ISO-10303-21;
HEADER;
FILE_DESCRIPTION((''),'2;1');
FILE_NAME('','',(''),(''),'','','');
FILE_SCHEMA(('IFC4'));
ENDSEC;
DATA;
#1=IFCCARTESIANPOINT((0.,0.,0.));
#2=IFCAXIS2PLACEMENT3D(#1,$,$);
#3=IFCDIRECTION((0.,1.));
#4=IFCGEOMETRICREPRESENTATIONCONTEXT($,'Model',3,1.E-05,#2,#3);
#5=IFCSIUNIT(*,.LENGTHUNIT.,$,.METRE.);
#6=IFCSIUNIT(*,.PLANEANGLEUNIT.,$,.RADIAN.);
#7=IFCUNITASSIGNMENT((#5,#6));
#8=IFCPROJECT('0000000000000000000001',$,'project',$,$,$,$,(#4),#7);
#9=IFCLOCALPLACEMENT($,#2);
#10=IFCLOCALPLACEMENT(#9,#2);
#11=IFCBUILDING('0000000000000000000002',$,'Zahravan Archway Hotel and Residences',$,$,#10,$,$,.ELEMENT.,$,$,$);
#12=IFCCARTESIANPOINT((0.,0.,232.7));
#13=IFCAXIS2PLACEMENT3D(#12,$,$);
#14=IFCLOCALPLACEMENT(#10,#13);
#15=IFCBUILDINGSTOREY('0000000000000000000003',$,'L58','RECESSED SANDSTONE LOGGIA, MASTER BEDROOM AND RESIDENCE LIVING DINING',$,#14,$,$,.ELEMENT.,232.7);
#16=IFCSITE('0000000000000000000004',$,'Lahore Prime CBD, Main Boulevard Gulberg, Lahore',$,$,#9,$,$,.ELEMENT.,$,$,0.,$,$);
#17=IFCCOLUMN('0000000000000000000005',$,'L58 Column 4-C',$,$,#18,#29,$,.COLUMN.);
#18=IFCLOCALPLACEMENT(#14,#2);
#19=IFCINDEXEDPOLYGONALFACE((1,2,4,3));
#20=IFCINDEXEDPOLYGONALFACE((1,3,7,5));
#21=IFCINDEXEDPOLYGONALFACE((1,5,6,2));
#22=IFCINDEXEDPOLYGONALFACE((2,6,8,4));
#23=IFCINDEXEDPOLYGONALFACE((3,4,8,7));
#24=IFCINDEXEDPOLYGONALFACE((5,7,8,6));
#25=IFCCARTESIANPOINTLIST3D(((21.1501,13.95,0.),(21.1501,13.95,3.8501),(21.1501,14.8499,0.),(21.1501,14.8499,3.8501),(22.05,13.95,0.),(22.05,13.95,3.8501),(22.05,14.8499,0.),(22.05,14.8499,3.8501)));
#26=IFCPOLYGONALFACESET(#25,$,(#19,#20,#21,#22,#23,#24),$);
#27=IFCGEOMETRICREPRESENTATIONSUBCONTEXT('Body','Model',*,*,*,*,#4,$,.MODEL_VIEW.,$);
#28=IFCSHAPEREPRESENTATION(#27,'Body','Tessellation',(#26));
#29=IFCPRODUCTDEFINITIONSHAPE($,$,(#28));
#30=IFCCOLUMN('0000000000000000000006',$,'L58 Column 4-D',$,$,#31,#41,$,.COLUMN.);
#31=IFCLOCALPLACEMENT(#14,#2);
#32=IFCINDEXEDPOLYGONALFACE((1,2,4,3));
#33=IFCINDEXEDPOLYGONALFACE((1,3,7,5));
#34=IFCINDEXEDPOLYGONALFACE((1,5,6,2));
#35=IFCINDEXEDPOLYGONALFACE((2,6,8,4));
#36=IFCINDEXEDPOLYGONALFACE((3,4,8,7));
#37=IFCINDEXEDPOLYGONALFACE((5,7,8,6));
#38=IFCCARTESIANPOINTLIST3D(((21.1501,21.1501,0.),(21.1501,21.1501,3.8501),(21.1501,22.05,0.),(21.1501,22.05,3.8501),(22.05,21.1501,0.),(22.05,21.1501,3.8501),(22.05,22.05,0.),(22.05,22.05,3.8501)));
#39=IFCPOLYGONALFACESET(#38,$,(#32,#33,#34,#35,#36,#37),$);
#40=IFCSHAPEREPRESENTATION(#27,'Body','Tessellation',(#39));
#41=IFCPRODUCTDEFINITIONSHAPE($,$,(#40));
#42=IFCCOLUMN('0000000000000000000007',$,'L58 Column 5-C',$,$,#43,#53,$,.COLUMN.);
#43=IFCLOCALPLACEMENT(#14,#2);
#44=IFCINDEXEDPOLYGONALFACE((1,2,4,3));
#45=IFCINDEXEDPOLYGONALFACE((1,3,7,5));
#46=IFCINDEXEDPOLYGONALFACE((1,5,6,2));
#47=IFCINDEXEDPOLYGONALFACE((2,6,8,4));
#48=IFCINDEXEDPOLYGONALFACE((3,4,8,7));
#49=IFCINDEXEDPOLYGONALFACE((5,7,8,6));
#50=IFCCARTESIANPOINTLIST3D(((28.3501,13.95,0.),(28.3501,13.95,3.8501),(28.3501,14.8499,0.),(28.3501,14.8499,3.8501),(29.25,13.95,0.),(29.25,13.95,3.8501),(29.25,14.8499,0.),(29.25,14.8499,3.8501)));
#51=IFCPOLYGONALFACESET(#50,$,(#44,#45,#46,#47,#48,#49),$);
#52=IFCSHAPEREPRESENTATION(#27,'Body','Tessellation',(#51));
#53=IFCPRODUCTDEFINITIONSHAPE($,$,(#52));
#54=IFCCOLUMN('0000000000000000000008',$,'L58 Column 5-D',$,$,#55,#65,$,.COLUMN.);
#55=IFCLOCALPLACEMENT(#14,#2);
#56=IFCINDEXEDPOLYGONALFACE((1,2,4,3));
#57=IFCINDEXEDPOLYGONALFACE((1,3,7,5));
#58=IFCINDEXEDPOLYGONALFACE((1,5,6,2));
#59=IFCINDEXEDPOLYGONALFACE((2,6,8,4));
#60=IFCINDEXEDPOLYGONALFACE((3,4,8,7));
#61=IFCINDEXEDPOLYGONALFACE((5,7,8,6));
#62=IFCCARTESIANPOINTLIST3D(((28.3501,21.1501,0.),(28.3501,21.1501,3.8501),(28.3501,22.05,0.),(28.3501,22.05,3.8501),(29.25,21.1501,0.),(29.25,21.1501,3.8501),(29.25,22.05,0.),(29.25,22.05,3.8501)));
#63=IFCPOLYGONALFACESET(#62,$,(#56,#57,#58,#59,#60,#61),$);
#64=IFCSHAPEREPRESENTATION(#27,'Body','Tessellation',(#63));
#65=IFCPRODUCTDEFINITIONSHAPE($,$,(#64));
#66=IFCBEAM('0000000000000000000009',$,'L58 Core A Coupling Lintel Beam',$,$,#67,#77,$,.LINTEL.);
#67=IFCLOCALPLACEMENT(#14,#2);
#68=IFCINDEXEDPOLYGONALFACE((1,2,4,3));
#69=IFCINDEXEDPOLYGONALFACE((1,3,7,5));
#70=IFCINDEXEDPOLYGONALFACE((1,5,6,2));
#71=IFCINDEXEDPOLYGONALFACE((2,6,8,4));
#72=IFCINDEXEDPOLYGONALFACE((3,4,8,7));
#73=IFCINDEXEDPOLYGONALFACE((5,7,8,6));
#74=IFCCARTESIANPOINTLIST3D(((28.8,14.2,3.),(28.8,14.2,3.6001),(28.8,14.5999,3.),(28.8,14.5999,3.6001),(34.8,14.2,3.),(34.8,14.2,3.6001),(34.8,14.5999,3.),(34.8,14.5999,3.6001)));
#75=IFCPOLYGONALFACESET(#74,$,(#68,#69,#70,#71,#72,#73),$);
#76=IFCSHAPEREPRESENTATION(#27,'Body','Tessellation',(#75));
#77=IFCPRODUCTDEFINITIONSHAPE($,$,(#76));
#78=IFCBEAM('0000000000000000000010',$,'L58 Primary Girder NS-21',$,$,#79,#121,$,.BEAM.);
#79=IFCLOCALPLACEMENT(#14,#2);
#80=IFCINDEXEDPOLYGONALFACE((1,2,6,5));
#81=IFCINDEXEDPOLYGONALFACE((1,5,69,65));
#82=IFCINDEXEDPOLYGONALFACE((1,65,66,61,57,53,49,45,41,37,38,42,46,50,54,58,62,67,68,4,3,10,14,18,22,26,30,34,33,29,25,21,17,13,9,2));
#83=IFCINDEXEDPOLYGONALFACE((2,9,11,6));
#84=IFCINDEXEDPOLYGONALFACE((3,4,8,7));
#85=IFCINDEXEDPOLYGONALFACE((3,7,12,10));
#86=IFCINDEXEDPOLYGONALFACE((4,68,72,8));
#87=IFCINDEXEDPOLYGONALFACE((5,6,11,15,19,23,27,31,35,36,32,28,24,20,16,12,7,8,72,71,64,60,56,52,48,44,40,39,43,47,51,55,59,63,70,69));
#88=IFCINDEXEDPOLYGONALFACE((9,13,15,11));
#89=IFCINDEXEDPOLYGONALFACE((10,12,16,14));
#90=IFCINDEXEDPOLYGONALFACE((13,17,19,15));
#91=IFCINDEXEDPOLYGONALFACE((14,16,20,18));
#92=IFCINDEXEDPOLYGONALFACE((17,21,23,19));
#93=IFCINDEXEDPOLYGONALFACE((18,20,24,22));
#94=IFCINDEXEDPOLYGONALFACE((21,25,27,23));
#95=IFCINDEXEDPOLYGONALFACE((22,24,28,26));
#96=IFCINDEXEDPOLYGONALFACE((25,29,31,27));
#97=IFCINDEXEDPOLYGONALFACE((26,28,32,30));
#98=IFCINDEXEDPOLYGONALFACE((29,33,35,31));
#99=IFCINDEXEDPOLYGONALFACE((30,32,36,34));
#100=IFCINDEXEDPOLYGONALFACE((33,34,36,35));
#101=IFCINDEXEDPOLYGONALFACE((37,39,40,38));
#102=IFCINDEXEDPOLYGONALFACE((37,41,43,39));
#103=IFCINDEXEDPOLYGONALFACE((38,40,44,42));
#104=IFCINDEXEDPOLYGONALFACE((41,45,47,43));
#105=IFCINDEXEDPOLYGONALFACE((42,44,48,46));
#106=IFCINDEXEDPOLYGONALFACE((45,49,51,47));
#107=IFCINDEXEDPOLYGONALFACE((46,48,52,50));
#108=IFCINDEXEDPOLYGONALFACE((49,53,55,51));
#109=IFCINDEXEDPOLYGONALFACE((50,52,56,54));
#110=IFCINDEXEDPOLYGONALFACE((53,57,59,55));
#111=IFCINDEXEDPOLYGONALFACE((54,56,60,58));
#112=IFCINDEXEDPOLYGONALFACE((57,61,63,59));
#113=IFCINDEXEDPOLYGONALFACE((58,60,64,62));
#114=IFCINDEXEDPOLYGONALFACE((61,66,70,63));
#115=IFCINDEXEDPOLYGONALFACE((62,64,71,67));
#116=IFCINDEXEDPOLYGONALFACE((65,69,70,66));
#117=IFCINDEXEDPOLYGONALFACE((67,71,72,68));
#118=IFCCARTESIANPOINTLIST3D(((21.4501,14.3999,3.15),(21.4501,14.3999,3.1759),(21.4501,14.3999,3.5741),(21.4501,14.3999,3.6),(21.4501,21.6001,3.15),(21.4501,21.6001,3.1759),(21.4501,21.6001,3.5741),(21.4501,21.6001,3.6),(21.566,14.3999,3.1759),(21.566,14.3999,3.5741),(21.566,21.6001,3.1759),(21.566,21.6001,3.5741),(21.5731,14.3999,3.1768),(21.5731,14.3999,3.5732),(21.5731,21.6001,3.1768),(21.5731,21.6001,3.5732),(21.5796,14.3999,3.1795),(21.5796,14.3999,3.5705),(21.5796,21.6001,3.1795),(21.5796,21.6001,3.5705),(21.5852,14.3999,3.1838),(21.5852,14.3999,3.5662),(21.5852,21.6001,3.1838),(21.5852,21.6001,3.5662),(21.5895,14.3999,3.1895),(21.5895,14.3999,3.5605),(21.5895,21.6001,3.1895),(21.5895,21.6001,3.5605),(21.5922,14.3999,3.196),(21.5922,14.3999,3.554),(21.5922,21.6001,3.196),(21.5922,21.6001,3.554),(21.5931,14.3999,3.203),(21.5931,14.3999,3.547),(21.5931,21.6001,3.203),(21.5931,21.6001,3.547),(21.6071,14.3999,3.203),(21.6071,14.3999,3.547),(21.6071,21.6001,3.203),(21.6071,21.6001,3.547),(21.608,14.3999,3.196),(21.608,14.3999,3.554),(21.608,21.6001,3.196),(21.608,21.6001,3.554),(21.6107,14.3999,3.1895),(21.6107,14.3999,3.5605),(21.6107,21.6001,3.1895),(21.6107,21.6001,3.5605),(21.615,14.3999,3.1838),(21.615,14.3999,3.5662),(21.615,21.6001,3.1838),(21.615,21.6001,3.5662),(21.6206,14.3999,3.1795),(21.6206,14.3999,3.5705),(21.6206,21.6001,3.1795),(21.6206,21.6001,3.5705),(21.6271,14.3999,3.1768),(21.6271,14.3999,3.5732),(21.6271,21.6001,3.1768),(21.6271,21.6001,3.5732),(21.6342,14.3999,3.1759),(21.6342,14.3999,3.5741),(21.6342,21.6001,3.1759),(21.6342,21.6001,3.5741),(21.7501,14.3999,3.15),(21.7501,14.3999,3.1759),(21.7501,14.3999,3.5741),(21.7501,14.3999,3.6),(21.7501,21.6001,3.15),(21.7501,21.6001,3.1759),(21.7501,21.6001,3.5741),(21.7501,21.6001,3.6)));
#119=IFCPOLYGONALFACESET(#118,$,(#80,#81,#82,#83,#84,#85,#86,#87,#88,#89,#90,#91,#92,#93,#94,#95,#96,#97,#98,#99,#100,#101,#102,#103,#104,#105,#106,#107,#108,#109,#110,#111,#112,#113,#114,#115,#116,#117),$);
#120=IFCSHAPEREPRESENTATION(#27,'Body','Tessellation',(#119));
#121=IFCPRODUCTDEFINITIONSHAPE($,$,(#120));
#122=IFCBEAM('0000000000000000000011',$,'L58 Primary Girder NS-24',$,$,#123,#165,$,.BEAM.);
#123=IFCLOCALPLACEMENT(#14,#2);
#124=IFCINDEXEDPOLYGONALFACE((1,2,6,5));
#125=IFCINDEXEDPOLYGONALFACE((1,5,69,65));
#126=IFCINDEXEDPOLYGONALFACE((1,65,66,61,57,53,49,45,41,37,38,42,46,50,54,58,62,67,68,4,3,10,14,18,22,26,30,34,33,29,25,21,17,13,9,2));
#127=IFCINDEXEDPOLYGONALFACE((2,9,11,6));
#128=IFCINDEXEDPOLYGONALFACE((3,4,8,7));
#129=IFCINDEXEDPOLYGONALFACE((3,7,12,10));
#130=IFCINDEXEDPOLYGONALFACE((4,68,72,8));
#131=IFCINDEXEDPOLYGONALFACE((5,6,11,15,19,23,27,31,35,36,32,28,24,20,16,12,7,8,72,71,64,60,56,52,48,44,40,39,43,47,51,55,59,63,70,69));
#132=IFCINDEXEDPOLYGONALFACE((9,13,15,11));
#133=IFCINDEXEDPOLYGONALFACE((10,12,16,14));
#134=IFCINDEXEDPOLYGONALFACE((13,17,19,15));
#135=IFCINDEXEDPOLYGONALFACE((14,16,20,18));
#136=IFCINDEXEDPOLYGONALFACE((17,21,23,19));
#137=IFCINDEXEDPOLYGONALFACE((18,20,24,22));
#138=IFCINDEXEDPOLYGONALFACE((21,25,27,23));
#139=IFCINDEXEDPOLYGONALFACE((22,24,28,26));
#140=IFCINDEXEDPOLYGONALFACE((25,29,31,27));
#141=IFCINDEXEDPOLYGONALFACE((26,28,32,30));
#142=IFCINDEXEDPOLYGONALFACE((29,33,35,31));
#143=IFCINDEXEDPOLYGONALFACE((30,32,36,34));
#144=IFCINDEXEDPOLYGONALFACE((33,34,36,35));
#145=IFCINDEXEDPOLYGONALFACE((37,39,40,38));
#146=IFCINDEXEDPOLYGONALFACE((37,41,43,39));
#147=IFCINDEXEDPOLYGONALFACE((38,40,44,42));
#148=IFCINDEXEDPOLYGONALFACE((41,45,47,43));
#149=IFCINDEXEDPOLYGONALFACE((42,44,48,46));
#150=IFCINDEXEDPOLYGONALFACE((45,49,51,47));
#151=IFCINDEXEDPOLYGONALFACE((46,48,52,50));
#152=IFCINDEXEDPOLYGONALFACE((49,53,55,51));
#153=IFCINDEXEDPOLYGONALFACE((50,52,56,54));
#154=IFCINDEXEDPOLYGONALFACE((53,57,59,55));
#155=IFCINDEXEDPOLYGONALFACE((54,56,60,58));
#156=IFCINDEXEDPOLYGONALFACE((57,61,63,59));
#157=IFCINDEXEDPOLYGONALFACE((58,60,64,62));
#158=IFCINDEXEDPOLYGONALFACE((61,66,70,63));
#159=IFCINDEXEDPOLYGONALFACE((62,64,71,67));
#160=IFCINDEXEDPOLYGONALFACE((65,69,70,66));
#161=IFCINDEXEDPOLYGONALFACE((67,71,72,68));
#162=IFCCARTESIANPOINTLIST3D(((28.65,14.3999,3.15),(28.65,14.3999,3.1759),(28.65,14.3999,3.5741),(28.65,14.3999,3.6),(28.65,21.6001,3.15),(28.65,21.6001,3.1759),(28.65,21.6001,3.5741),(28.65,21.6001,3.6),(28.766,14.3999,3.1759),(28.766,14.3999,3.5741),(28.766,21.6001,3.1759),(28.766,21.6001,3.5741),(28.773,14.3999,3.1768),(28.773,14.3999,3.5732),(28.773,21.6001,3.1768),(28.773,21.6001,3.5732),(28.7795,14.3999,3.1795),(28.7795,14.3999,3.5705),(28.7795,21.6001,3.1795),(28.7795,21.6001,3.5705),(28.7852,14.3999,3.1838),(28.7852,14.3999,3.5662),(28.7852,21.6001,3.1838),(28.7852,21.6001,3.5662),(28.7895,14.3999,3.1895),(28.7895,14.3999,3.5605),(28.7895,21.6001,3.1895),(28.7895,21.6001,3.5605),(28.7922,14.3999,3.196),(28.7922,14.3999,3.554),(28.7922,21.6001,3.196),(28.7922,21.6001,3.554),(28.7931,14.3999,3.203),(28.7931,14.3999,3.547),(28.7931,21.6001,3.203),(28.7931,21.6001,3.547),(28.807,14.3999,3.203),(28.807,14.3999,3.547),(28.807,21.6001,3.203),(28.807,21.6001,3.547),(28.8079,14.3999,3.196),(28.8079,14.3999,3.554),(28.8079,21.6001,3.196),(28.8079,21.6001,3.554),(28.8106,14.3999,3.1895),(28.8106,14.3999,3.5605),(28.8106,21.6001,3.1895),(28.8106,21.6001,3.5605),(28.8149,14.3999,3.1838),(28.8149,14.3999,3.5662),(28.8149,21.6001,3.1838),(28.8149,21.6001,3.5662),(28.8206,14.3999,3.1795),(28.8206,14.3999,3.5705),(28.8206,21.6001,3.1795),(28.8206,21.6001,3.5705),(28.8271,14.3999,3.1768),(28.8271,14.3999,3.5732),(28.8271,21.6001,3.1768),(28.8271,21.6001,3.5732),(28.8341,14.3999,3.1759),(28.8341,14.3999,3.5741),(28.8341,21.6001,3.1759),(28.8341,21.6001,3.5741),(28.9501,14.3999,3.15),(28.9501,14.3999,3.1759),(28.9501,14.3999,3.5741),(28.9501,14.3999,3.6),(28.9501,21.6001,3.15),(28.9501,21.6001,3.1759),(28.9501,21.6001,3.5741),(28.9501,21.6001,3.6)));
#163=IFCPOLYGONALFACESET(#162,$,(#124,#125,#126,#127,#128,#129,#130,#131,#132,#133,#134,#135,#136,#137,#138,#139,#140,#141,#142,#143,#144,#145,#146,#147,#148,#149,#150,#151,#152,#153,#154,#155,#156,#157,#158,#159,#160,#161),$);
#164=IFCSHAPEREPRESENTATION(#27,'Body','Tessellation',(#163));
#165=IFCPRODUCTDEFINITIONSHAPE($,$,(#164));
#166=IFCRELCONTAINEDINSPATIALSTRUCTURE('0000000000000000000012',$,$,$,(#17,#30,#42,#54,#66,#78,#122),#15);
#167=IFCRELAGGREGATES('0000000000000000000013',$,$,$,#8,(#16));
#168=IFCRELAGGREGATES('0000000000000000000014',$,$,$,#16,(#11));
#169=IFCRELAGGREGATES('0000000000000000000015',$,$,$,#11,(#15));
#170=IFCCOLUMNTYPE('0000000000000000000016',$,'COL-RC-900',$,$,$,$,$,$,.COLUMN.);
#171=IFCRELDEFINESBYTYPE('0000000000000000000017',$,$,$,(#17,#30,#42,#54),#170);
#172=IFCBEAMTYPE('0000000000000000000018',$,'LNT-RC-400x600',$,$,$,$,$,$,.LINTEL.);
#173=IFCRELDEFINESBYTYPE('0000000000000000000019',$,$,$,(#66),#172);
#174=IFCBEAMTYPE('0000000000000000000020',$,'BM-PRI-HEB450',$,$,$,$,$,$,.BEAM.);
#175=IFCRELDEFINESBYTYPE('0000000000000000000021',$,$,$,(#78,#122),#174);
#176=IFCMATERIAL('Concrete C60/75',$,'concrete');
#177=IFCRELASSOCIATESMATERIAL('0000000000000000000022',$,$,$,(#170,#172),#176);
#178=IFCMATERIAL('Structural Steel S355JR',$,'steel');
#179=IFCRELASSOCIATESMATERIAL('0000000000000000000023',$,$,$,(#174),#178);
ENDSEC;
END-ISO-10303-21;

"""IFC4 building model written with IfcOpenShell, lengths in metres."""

from ifc_helpers import new_model, si_unit, direction, frame, origin, origin_2d, place, context, subcontext, project, spatial, rectangle, i_section, extrude, source, transform, mapped, material, material_profile, profile_set, type_object, type_shapes, element, save


model = new_model("IFC4")

# Units and contexts
model_context = context("Model", 3, precision=1e-05, world=origin(), true_north=direction((0.0, 1.0)))
body_context = subcontext(model_context, "Body", "Model", "MODEL_VIEW")
ifc_project = project(units=[si_unit("LENGTHUNIT", "METRE"), si_unit("PLANEANGLEUNIT", "RADIAN")], contexts=[model_context])

# Site, building, storey
site_placement = place(None, origin())
site = spatial("IfcSite", under=ifc_project, at=site_placement, Name="Lahore Prime CBD, Main Boulevard Gulberg, Lahore", CompositionType="ELEMENT", RefElevation=0.0)
building_placement = place(site_placement, origin())
building = spatial("IfcBuilding", under=site, at=building_placement, Name="Zahravan Archway Hotel and Residences", CompositionType="ELEMENT")
storey_placement = place(building_placement, frame((0.0, 0.0, 232.7)))
storey = spatial("IfcBuildingStorey", under=building, at=storey_placement, Name="L58", Description="RECESSED SANDSTONE LOGGIA, MASTER BEDROOM AND RESIDENCE LIVING DINING", CompositionType="ELEMENT", Elevation=232.7)

# Columns
ifc_material_1 = material(Name="Concrete C60/75", Category="concrete")
ifc_material_profile_1 = material_profile(ifc_material_1, rectangle(XDim=0.8999, YDim=0.8999, at=origin_2d()), Name="RC-COL-900x900", Category="concrete")
ifc_profile_set_1 = profile_set([ifc_material_profile_1], Name="Concrete C60/75")
column_type = type_object("IfcColumnType", Name="COL-RC-900", PredefinedType="COLUMN", material=ifc_profile_set_1)
shared_shape_1 = source(origin(), body_context, "Body", "SweptSolid", [
    extrude(rectangle(XDim=0.8999, YDim=0.8999, at=origin_2d()), origin(), (0.0, 0.0, 1.0), 3.8501),
])
type_shapes(column_type, [shared_shape_1])
for number, where, z_axis, x_axis, name in (
    (1, (21.6001, 14.3999, 0.0), (0.0, 0.0, 1.0), (1.0, 0.0, 0.0), "L58 Column 4-C"),
    (2, (21.6001, 21.6001, 0.0), (0.0, 0.0, 1.0), (1.0, 0.0, 0.0), "L58 Column 4-D"),
    (3, (28.8, 14.3999, 0.0), (0.0, 0.0, 1.0), (1.0, 0.0, 0.0), "L58 Column 5-C"),
    (4, (28.8, 21.6001, 0.0), (0.0, 0.0, 1.0), (1.0, 0.0, 0.0), "L58 Column 5-D"),
):
    element("IfcColumn", number, at=place(storey_placement, frame(where, z_axis=z_axis, x_axis=x_axis)), inside=storey, type_object=column_type, Name=name, PredefinedType="COLUMN", context=body_context, shape_type="MappedRepresentation", body=[
        mapped(shared_shape_1, transform((0.0, 0.0, 0.0), scale=1.0)),
    ])

# Beams
ifc_material_profile_2 = material_profile(ifc_material_1, rectangle(XDim=0.3999, YDim=0.6001, at=origin_2d()), Name="RC-LNT-400x600", Category="concrete")
ifc_profile_set_2 = profile_set([ifc_material_profile_2], Name="Concrete C60/75")
beam_type_1 = type_object("IfcBeamType", Name="LNT-RC-400x600", PredefinedType="LINTEL", material=ifc_profile_set_2)
shared_shape_2 = source(origin(), body_context, "Body", "SweptSolid", [
    extrude(rectangle(XDim=0.3999, YDim=0.6001, at=origin_2d()), origin(), (0.0, 0.0, 1.0), 6.0),
])
type_shapes(beam_type_1, [shared_shape_2])
beam_1_placement = place(storey_placement, frame((28.8, 14.3999, 3.3), z_axis=(1.0, 0.0, 0.0), x_axis=(0.0, 1.0, 0.0)))
element("IfcBeam", 5, at=beam_1_placement, inside=storey, type_object=beam_type_1, Name="L58 Core A Coupling Lintel Beam", PredefinedType="LINTEL", context=body_context, shape_type="MappedRepresentation", body=[
    mapped(shared_shape_2, transform((0.0, 0.0, 0.0), scale=1.0)),
])
ifc_material_2 = material(Name="Structural Steel S355JR", Category="steel")
ifc_material_profile_3 = material_profile(ifc_material_2, i_section(OverallWidth=0.3, OverallDepth=0.45, WebThickness=0.0139, FlangeThickness=0.0259, FilletRadius=0.0271, at=origin_2d()), Name="HEB 450", Category="steel")
ifc_profile_set_3 = profile_set([ifc_material_profile_3], Name="Structural Steel S355JR")
beam_type_2 = type_object("IfcBeamType", Name="BM-PRI-HEB450", PredefinedType="BEAM", material=ifc_profile_set_3)
shared_shape_3 = source(origin(), body_context, "Body", "SweptSolid", [
    extrude(i_section(OverallWidth=0.3, OverallDepth=0.45, WebThickness=0.0139, FlangeThickness=0.0259, FilletRadius=0.0271, at=origin_2d()), origin(), (0.0, 0.0, 1.0), 7.2002),
])
type_shapes(beam_type_2, [shared_shape_3])
for number, where, z_axis, x_axis, name in (
    (6, (21.6001, 14.3999, 3.375), (0.0, 1.0, 0.0), (-1.0, 0.0, 0.0), "L58 Primary Girder NS-21"),
    (7, (28.8, 14.3999, 3.375), (0.0, 1.0, 0.0), (-1.0, 0.0, 0.0), "L58 Primary Girder NS-24"),
):
    element("IfcBeam", number, at=place(storey_placement, frame(where, z_axis=z_axis, x_axis=x_axis)), inside=storey, type_object=beam_type_2, Name=name, PredefinedType="BEAM", context=body_context, shape_type="MappedRepresentation", body=[
        mapped(shared_shape_3, transform((0.0, 0.0, 0.0), scale=1.0)),
    ])

save(model, "model.ifc")
